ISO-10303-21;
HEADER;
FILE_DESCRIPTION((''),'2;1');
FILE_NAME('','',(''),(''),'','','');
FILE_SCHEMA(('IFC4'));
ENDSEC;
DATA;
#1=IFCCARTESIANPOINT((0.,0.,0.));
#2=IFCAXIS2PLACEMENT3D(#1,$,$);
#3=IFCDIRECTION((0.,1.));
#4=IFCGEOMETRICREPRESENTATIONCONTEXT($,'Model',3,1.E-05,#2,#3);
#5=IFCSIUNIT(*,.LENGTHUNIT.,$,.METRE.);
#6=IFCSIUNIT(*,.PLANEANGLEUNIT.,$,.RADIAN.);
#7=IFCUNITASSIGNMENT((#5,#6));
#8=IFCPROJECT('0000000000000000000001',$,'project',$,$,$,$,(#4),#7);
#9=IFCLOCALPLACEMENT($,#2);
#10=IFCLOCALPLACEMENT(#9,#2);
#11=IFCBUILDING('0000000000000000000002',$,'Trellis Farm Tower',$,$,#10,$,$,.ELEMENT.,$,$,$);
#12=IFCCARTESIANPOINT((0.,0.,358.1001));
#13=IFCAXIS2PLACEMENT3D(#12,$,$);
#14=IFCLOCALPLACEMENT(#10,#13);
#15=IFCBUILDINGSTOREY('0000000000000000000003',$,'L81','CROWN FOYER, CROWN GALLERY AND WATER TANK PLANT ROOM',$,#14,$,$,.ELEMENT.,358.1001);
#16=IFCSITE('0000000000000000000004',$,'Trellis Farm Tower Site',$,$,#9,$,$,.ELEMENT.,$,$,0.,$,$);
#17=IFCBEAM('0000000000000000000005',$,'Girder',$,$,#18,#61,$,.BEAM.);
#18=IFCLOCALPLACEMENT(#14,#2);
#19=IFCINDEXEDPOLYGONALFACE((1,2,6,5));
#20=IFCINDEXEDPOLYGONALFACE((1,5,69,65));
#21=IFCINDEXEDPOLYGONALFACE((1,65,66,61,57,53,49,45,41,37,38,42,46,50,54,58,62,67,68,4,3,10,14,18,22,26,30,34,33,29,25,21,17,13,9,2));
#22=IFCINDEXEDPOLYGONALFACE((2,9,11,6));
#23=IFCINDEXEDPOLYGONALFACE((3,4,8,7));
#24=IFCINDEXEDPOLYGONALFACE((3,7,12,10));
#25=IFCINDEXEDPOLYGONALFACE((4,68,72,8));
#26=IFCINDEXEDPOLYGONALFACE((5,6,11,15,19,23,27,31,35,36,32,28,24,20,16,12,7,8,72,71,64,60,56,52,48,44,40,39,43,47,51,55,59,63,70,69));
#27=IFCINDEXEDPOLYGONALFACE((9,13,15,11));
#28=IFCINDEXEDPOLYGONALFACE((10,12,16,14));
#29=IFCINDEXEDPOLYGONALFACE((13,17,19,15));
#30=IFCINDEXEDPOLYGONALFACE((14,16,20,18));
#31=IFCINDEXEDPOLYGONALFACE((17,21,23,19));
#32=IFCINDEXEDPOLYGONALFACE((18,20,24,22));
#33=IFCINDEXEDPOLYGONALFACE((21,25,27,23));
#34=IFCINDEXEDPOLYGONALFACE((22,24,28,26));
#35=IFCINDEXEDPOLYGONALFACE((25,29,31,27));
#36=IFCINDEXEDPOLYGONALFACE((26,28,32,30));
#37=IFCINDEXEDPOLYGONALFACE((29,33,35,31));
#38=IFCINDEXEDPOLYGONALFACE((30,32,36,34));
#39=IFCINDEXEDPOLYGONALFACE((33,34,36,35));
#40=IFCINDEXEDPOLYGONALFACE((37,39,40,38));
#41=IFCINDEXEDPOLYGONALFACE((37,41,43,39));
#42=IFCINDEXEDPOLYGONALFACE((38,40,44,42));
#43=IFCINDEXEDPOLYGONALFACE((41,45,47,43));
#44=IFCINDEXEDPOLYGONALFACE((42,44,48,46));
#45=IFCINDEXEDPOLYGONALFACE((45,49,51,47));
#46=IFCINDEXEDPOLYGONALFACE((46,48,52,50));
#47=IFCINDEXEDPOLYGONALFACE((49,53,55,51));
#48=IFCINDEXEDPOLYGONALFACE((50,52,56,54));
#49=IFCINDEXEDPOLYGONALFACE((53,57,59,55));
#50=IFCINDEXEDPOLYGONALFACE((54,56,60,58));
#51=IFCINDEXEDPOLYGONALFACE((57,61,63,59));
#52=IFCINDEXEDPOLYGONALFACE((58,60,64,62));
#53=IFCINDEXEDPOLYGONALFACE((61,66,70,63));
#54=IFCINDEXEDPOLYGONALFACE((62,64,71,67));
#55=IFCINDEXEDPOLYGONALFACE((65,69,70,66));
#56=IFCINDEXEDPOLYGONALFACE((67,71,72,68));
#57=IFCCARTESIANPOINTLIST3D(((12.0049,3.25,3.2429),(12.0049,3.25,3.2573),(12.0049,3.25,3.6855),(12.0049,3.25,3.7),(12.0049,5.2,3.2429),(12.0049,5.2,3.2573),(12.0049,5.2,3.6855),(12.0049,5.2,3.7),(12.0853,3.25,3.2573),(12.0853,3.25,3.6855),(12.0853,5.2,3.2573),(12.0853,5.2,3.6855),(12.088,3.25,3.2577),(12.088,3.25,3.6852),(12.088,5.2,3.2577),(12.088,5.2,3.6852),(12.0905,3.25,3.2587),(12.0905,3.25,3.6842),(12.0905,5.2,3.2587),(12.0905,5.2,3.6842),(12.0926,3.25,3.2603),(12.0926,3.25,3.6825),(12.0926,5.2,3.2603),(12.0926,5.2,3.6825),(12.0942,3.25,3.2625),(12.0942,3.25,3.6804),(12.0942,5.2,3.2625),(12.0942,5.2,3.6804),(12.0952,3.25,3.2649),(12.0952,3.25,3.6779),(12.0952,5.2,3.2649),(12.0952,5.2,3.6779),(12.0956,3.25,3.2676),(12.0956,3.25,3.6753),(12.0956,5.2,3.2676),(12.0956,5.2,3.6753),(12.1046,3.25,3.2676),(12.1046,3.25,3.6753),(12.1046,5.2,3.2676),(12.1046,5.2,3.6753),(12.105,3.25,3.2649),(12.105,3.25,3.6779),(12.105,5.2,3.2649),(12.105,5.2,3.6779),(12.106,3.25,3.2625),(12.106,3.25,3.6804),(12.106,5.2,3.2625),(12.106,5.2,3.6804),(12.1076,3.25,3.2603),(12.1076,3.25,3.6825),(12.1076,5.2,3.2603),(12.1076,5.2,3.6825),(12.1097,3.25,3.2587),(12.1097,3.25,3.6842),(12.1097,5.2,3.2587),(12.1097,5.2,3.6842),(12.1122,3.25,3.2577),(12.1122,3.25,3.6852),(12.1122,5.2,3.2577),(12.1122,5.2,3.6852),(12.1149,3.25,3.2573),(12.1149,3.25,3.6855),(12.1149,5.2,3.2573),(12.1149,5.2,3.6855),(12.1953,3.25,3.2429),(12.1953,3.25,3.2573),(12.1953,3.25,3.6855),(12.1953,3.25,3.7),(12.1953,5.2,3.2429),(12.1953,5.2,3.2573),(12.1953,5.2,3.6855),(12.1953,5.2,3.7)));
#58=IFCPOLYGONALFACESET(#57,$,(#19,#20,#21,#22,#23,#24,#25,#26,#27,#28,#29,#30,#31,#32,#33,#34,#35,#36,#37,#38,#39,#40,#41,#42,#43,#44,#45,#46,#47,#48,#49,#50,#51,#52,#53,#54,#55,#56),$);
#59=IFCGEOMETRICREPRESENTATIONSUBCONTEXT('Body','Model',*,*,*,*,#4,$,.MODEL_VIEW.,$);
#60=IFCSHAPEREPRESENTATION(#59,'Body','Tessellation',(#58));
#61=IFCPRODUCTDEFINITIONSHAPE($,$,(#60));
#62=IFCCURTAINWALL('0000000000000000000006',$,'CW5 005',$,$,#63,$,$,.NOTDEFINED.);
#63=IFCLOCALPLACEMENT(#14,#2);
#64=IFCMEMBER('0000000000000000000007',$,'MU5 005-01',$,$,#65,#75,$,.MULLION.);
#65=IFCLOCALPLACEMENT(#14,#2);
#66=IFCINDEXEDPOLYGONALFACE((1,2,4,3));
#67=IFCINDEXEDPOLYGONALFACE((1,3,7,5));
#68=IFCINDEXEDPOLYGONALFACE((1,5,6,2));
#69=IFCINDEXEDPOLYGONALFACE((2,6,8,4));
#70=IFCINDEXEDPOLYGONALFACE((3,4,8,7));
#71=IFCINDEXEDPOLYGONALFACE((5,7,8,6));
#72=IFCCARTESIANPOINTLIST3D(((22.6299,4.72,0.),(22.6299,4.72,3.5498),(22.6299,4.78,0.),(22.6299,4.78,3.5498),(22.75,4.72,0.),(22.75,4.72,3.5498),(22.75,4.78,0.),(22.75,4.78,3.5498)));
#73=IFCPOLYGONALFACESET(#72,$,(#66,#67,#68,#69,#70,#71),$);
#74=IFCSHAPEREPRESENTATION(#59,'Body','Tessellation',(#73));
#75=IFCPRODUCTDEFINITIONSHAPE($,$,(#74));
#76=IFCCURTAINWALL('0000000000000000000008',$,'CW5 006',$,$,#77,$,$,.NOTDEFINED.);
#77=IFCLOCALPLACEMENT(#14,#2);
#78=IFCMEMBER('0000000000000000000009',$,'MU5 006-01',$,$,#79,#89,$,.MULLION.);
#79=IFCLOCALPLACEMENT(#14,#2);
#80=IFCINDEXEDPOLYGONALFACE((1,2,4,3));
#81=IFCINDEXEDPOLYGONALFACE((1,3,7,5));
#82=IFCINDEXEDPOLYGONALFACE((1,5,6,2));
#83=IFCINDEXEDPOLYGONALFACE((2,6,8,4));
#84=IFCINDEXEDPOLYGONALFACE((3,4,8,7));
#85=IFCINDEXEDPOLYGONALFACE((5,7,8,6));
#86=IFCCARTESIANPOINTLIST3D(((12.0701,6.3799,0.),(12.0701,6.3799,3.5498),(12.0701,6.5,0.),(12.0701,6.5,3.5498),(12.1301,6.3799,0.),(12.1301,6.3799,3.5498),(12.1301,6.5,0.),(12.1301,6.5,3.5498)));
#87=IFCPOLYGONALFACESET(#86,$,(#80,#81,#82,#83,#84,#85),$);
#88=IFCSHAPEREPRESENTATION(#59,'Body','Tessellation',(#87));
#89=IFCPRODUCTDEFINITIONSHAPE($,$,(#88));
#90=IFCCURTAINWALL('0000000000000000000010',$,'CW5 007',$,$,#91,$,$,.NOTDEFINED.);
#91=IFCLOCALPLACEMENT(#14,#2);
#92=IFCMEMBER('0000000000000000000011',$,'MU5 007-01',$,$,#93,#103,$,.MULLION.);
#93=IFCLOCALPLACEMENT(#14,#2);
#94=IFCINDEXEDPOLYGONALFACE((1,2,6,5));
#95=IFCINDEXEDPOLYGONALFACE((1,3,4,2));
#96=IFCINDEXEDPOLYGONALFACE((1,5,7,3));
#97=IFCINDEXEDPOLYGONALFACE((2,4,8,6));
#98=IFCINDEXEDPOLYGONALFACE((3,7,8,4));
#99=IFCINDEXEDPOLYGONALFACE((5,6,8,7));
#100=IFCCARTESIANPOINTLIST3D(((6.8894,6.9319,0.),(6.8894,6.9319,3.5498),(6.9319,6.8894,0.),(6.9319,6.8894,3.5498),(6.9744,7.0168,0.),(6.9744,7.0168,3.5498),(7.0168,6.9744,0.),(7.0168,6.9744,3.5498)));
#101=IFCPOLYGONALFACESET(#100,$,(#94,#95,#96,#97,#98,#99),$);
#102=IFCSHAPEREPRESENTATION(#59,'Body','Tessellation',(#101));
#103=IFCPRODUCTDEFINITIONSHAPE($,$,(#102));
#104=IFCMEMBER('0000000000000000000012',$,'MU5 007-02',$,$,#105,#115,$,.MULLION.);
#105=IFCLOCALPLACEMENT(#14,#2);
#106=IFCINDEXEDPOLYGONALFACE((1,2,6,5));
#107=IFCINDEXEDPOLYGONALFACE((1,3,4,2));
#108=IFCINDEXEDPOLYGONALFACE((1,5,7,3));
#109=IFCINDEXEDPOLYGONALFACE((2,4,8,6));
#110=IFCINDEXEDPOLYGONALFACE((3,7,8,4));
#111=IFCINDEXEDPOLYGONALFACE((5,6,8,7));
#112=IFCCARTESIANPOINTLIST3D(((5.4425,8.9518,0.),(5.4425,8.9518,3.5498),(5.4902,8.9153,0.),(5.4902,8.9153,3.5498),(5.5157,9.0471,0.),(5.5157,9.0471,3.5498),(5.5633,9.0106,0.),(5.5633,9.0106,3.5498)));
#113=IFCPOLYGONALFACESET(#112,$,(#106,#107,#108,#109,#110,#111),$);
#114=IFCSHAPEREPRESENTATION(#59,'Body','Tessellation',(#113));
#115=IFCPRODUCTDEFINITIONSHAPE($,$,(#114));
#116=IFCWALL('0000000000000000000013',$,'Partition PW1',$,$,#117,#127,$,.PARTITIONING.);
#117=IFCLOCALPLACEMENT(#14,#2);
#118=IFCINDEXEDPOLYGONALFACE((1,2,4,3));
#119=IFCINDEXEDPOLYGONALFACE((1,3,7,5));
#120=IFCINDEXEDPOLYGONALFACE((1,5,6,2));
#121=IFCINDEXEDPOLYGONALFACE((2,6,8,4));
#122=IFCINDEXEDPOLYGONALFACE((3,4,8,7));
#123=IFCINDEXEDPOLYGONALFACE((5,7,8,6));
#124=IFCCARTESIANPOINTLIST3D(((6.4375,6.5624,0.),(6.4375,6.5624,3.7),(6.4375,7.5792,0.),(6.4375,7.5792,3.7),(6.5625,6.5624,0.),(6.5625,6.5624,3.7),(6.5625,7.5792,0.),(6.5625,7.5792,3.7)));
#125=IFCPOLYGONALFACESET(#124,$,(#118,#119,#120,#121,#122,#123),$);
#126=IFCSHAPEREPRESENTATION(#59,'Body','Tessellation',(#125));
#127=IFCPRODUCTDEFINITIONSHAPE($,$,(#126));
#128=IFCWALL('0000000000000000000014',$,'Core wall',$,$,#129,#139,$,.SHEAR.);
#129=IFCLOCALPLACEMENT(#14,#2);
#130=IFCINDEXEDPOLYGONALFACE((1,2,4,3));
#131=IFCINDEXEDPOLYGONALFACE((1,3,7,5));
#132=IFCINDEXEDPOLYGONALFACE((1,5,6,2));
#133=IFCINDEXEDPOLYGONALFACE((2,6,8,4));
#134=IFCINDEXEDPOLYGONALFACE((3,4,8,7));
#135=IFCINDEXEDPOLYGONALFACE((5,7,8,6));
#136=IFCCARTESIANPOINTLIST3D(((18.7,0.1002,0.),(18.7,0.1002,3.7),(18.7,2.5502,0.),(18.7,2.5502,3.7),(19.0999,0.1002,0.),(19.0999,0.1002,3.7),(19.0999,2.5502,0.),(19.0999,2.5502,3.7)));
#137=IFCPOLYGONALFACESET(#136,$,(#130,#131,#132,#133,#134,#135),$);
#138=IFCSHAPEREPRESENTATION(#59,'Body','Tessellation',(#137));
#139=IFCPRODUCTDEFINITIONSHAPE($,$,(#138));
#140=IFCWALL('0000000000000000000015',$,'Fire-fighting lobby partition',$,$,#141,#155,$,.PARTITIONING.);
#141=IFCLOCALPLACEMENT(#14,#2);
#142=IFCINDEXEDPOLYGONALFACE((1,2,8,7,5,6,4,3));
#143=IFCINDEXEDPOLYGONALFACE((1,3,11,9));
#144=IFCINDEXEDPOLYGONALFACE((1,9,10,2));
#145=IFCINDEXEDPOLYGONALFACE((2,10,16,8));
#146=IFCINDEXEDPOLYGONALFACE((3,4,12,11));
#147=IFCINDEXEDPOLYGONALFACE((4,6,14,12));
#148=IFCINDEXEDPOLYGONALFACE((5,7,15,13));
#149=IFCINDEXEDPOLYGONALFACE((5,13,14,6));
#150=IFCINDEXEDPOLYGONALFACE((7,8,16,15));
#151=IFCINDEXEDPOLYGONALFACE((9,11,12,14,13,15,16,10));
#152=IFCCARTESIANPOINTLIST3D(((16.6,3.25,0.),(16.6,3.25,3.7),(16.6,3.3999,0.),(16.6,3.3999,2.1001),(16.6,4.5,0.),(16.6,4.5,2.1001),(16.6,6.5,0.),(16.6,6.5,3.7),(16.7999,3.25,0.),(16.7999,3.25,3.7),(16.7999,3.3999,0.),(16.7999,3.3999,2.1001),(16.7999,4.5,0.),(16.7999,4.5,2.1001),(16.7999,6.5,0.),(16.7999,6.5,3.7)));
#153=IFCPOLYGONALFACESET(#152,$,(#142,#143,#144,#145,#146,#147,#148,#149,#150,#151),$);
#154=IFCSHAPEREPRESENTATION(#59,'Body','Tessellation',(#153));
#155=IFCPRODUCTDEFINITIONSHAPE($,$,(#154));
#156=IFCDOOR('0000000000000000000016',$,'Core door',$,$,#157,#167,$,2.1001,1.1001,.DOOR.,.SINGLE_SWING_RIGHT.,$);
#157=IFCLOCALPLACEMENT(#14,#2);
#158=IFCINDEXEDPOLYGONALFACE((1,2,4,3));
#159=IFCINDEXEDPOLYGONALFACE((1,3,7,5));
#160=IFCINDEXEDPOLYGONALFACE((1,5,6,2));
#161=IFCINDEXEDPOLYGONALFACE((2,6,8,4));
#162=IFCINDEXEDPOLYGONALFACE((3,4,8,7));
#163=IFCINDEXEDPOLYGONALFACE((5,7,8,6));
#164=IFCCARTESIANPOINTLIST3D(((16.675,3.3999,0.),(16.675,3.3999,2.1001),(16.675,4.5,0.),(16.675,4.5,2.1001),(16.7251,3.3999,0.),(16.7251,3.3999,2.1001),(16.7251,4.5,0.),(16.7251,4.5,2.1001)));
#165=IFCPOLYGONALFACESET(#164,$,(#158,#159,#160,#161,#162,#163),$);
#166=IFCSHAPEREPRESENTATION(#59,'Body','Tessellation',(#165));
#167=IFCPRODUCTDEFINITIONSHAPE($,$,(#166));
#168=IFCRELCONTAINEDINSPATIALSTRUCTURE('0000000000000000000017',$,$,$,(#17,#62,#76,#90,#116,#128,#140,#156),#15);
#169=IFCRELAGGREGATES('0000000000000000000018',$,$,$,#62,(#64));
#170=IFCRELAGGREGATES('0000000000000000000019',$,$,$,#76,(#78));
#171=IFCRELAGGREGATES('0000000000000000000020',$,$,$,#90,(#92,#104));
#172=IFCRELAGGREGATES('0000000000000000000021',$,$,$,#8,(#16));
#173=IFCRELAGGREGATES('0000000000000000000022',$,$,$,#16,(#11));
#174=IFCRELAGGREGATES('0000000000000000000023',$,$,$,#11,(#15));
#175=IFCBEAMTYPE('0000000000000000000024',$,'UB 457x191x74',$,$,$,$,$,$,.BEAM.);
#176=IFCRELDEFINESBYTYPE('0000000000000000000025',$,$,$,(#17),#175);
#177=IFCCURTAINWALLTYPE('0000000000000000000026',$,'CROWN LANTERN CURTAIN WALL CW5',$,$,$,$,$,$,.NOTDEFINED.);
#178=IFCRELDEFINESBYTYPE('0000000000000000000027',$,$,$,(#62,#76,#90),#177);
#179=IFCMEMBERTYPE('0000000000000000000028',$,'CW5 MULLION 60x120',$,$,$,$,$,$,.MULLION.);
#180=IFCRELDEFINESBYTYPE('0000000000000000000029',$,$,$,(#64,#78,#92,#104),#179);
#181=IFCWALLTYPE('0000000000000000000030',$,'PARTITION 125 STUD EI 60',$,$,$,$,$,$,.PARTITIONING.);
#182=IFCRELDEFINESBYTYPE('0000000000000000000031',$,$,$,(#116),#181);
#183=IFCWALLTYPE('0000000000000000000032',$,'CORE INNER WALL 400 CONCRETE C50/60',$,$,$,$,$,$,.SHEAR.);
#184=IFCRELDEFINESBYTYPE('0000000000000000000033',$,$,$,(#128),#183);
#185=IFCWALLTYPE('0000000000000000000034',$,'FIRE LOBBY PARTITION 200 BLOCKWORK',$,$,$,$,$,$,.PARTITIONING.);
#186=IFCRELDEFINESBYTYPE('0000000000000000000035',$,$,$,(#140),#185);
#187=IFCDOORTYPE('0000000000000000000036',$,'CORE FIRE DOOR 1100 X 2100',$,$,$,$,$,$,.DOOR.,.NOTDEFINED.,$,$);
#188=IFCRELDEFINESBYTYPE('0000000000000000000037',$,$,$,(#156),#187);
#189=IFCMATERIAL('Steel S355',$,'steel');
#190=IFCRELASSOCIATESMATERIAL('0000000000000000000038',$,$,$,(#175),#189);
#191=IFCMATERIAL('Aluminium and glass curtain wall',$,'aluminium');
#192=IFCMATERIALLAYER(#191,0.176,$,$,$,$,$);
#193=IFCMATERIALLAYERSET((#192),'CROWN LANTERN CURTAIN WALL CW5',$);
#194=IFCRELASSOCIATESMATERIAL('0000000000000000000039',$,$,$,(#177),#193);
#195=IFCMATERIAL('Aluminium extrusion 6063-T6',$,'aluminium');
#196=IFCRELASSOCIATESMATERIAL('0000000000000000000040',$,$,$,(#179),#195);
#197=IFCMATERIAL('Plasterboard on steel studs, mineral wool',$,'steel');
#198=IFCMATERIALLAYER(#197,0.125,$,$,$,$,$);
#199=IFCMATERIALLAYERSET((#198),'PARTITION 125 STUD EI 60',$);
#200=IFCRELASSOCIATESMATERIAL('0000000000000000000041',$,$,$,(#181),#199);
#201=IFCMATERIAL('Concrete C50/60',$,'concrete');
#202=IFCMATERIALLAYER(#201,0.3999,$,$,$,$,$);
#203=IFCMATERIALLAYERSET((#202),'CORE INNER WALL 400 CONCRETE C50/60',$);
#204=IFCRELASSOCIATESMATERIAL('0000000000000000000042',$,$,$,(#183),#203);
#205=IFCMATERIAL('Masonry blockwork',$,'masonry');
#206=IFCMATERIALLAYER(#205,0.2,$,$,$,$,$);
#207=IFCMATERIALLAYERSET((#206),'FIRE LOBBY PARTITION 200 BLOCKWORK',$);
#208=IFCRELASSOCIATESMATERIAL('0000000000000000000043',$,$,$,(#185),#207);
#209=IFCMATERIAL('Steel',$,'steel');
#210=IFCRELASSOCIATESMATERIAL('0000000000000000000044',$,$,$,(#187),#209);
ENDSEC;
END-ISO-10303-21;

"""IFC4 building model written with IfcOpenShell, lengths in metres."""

from ifc_helpers import new_model, si_unit, direction, frame, frame_2d, origin, origin_2d, place, context, subcontext, project, spatial, rectangle, i_section, extrude, source, transform, mapped, material, layer, layer_set, material_profile, profile_set, type_object, element, fill, aggregate, save


model = new_model("IFC4")

# Units and contexts
model_context = context("Model", 3, precision=1e-05, world=origin(), true_north=direction((0.0, 1.0)))
body_context = subcontext(model_context, "Body", "Model", "MODEL_VIEW")
ifc_project = project(units=[si_unit("LENGTHUNIT", "METRE"), si_unit("PLANEANGLEUNIT", "RADIAN")], contexts=[model_context])

# Site, building, storey
site_placement = place(None, origin())
site = spatial("IfcSite", under=ifc_project, at=site_placement, Name="Trellis Farm Tower Site", CompositionType="ELEMENT", RefElevation=0.0)
building_placement = place(site_placement, origin())
building = spatial("IfcBuilding", under=site, at=building_placement, Name="Trellis Farm Tower", CompositionType="ELEMENT")
storey_placement = place(building_placement, frame((0.0, 0.0, 358.1001)))
storey = spatial("IfcBuildingStorey", under=building, at=storey_placement, Name="L81", Description="CROWN FOYER, CROWN GALLERY AND WATER TANK PLANT ROOM", CompositionType="ELEMENT", Elevation=358.1001)

# Shared definitions
ifc_material_1 = material(Name="Concrete C50/60", Category="concrete")

# Beam
ifc_material_2 = material(Name="Steel S355", Category="steel")
ifc_material_profile_1 = material_profile(ifc_material_2, i_section(OverallWidth=0.1904, OverallDepth=0.457, WebThickness=0.009, FlangeThickness=0.0144, FilletRadius=0.0103, at=origin_2d()), Name="UB 457x191x74")
ifc_profile_set_1 = profile_set([ifc_material_profile_1], Name="Steel S355")
beam_type_1 = type_object("IfcBeamType", Name="UB 457x191x74", PredefinedType="BEAM", material=ifc_profile_set_1)
shared_shape_1 = source(origin(), body_context, "Body", "SweptSolid", [
    extrude(i_section(OverallWidth=0.1904, OverallDepth=0.457, WebThickness=0.009, FlangeThickness=0.0144, FilletRadius=0.0103, at=origin_2d()), origin(), (0.0, 0.0, 1.0), 1.95),
])
for number, where, z_axis, x_axis, name in (
    (1, (12.1001, 3.25, 3.4714), (0.0, 1.0, 0.0), (-1.0, 0.0, 0.0), "Girder"),
):
    element("IfcBeam", number, at=place(storey_placement, frame(where, z_axis=z_axis, x_axis=x_axis)), inside=storey, type_object=beam_type_1, Name=name, PredefinedType="BEAM", context=body_context, shape_type="MappedRepresentation", body=[
        mapped(shared_shape_1, transform((0.0, 0.0, 0.0))),
    ])

# Curtain walls, members
ifc_material_3 = material(Name="Aluminium and glass curtain wall", Category="aluminium")
ifc_layer_1 = layer(ifc_material_3, 0.176)
ifc_layer_set_1 = layer_set([ifc_layer_1], Name="CROWN LANTERN CURTAIN WALL CW5")
curtain_wall_type = type_object("IfcCurtainWallType", Name="CROWN LANTERN CURTAIN WALL CW5", PredefinedType="NOTDEFINED", material=ifc_layer_set_1)
placement = place(storey_placement, origin())
curtain_wall_1 = element("IfcCurtainWall", 2, at=placement, inside=storey, type_object=curtain_wall_type, Name="CW5 005", PredefinedType="NOTDEFINED")
ifc_material_4 = material(Name="Aluminium extrusion 6063-T6", Category="aluminium")
ifc_material_profile_2 = material_profile(ifc_material_4, rectangle(XDim=0.0601, YDim=0.1201, at=origin_2d()), Name="MULLION 60x120")
ifc_profile_set_2 = profile_set([ifc_material_profile_2], Name="Aluminium extrusion 6063-T6")
member_type = type_object("IfcMemberType", Name="CW5 MULLION 60x120", PredefinedType="MULLION", material=ifc_profile_set_2)
shared_shape_2 = source(origin(), body_context, "Body", "SweptSolid", [
    extrude(rectangle(XDim=0.0601, YDim=0.1201, at=origin_2d()), origin(), (0.0, 0.0, 1.0), 3.5498),
])
member_1_placement = place(storey_placement, frame((22.6899, 4.75, 0.0), z_axis=(0.0, 0.0, 1.0), x_axis=(0.0, 1.0, 0.0)))
member_1 = element("IfcMember", 3, at=member_1_placement, type_object=member_type, Name="MU5 005-01", PredefinedType="MULLION", context=body_context, shape_type="MappedRepresentation", body=[
    mapped(shared_shape_2, transform((0.0, 0.0, 0.0))),
])
aggregate(curtain_wall_1, [member_1])
curtain_wall_2 = element("IfcCurtainWall", 4, at=placement, inside=storey, type_object=curtain_wall_type, Name="CW5 006", PredefinedType="NOTDEFINED")
member_2_placement = place(storey_placement, frame((12.1001, 6.4399, 0.0), z_axis=(0.0, 0.0, 1.0), x_axis=(-1.0, 0.0, 0.0)))
member_2 = element("IfcMember", 5, at=member_2_placement, type_object=member_type, Name="MU5 006-01", PredefinedType="MULLION", context=body_context, shape_type="MappedRepresentation", body=[
    mapped(shared_shape_2, transform((0.0, 0.0, 0.0))),
])
aggregate(curtain_wall_2, [member_2])

# Curtain wall, members
curtain_wall_3 = element("IfcCurtainWall", 6, at=placement, inside=storey, type_object=curtain_wall_type, Name="CW5 007", PredefinedType="NOTDEFINED")
member_3_placement = place(storey_placement, frame((6.9531, 6.9531, 0.0), z_axis=(0.0, 0.0, 1.0), x_axis=(-0.707107, 0.707107, 0.0)))
member_3 = element("IfcMember", 7, at=member_3_placement, type_object=member_type, Name="MU5 007-01", PredefinedType="MULLION", context=body_context, shape_type="MappedRepresentation", body=[
    mapped(shared_shape_2, transform((0.0, 0.0, 0.0))),
])
member_4_placement = place(storey_placement, frame((5.5029, 8.9812, 0.0), z_axis=(0.0, 0.0, 1.0), x_axis=(-0.793353, 0.608761, 0.0)))
member_4 = element("IfcMember", 8, at=member_4_placement, type_object=member_type, Name="MU5 007-02", PredefinedType="MULLION", context=body_context, shape_type="MappedRepresentation", body=[
    mapped(shared_shape_2, transform((0.0, 0.0, 0.0))),
])
aggregate(curtain_wall_3, [member_3, member_4])

# Walls
ifc_material_5 = material(Name="Plasterboard on steel studs, mineral wool", Category="steel")
ifc_layer_2 = layer(ifc_material_5, 0.125)
ifc_layer_set_2 = layer_set([ifc_layer_2], Name="PARTITION 125 STUD EI 60")
wall_type_1 = type_object("IfcWallType", Name="PARTITION 125 STUD EI 60", PredefinedType="PARTITIONING", material=ifc_layer_set_2)
wall_1_placement = place(storey_placement, frame((6.5, 6.5625, 0.0), z_axis=(0.0, 0.0, 1.0), x_axis=(0.0, 1.0, 0.0)))
element("IfcWall", 9, at=wall_1_placement, inside=storey, type_object=wall_type_1, Name="Partition PW1", PredefinedType="PARTITIONING", context=body_context, shape_type="SweptSolid", body=[
    extrude(rectangle(XDim=1.0168, YDim=0.125, at=frame_2d((0.5083, 0.0))), origin(), (0.0, 0.0, 1.0), 3.7),
])
ifc_layer_3 = layer(ifc_material_1, 0.3999)
ifc_layer_set_3 = layer_set([ifc_layer_3], Name="CORE INNER WALL 400 CONCRETE C50/60")
wall_type_2 = type_object("IfcWallType", Name="CORE INNER WALL 400 CONCRETE C50/60", PredefinedType="SHEAR", material=ifc_layer_set_3)
shared_shape_3 = source(origin(), body_context, "Body", "SweptSolid", [
    extrude(rectangle(XDim=2.45, YDim=0.3999, at=frame_2d((1.2251, 0.0))), origin(), (0.0, 0.0, 1.0), 3.7),
])
wall_2_placement = place(storey_placement, frame((18.8999, 0.1001, 0.0), z_axis=(0.0, 0.0, 1.0), x_axis=(0.0, 1.0, 0.0)))
element("IfcWall", 10, at=wall_2_placement, inside=storey, type_object=wall_type_2, Name="Core wall", PredefinedType="SHEAR", context=body_context, shape_type="MappedRepresentation", body=[
    mapped(shared_shape_3, transform((0.0, 0.0, 0.0))),
])

# Wall, opening, door
ifc_material_6 = material(Name="Masonry blockwork", Category="masonry")
ifc_layer_4 = layer(ifc_material_6, 0.2)
ifc_layer_set_4 = layer_set([ifc_layer_4], Name="FIRE LOBBY PARTITION 200 BLOCKWORK")
wall_type_3 = type_object("IfcWallType", Name="FIRE LOBBY PARTITION 200 BLOCKWORK", PredefinedType="PARTITIONING", material=ifc_layer_set_4)
shared_shape_4 = source(origin(), body_context, "Body", "SweptSolid", [
    extrude(rectangle(XDim=3.25, YDim=0.2, at=frame_2d((1.625, 0.0))), origin(), (0.0, 0.0, 1.0), 3.7),
])
wall_3_placement = place(storey_placement, frame((16.7, 3.25, 0.0), z_axis=(0.0, 0.0, 1.0), x_axis=(0.0, 1.0, 0.0)))
wall_3 = element("IfcWall", 11, at=wall_3_placement, inside=storey, type_object=wall_type_3, Name="Fire-fighting lobby partition", PredefinedType="PARTITIONING", context=body_context, shape_type="MappedRepresentation", body=[
    mapped(shared_shape_4, transform((0.0, 0.0, 0.0))),
])
shared_shape_5 = source(origin(), body_context, "Body", "SweptSolid", [
    extrude(rectangle(XDim=1.1001, YDim=2.1001, at=frame_2d((0.55, 1.05))), frame((0.0, 0.1101, 0.0), z_axis=(0.0, -1.0, 0.0), x_axis=(1.0, 0.0, 0.0)), (0.0, 0.0, 1.0), 0.2202),
])
opening_1_placement = place(wall_3_placement, frame((0.1499, 0.0, 0.0)))
opening_1 = element("IfcOpeningElement", 12, at=opening_1_placement, cuts=wall_3, PredefinedType="OPENING", context=body_context, shape_type="MappedRepresentation", body=[
    mapped(shared_shape_5, transform((0.0, 0.0, 0.0))),
])
ifc_material_7 = material(Name="Steel", Category="steel")
door_type_1 = type_object("IfcDoorType", Name="CORE FIRE DOOR 1100 X 2100", OperationType="NOTDEFINED", PredefinedType="DOOR", material=ifc_material_7)
shared_shape_6 = source(origin(), body_context, "Body", "SweptSolid", [
    extrude(rectangle(XDim=1.1001, YDim=2.1001, at=frame_2d((0.55, 1.05))), frame((0.0, 0.0249, 0.0), z_axis=(0.0, -1.0, 0.0), x_axis=(1.0, 0.0, 0.0)), (0.0, 0.0, 1.0), 0.05),
])
door_1_placement = place(opening_1_placement, origin())
door_1 = element("IfcDoor", 13, at=door_1_placement, inside=storey, type_object=door_type_1, Name="Core door", OperationType="SINGLE_SWING_RIGHT", OverallHeight=2.1001, OverallWidth=1.1001, PredefinedType="DOOR", context=body_context, shape_type="MappedRepresentation", body=[
    mapped(shared_shape_6, transform((0.0, 0.0, 0.0))),
])
fill(opening_1, door_1)

save(model, "model.ifc")
